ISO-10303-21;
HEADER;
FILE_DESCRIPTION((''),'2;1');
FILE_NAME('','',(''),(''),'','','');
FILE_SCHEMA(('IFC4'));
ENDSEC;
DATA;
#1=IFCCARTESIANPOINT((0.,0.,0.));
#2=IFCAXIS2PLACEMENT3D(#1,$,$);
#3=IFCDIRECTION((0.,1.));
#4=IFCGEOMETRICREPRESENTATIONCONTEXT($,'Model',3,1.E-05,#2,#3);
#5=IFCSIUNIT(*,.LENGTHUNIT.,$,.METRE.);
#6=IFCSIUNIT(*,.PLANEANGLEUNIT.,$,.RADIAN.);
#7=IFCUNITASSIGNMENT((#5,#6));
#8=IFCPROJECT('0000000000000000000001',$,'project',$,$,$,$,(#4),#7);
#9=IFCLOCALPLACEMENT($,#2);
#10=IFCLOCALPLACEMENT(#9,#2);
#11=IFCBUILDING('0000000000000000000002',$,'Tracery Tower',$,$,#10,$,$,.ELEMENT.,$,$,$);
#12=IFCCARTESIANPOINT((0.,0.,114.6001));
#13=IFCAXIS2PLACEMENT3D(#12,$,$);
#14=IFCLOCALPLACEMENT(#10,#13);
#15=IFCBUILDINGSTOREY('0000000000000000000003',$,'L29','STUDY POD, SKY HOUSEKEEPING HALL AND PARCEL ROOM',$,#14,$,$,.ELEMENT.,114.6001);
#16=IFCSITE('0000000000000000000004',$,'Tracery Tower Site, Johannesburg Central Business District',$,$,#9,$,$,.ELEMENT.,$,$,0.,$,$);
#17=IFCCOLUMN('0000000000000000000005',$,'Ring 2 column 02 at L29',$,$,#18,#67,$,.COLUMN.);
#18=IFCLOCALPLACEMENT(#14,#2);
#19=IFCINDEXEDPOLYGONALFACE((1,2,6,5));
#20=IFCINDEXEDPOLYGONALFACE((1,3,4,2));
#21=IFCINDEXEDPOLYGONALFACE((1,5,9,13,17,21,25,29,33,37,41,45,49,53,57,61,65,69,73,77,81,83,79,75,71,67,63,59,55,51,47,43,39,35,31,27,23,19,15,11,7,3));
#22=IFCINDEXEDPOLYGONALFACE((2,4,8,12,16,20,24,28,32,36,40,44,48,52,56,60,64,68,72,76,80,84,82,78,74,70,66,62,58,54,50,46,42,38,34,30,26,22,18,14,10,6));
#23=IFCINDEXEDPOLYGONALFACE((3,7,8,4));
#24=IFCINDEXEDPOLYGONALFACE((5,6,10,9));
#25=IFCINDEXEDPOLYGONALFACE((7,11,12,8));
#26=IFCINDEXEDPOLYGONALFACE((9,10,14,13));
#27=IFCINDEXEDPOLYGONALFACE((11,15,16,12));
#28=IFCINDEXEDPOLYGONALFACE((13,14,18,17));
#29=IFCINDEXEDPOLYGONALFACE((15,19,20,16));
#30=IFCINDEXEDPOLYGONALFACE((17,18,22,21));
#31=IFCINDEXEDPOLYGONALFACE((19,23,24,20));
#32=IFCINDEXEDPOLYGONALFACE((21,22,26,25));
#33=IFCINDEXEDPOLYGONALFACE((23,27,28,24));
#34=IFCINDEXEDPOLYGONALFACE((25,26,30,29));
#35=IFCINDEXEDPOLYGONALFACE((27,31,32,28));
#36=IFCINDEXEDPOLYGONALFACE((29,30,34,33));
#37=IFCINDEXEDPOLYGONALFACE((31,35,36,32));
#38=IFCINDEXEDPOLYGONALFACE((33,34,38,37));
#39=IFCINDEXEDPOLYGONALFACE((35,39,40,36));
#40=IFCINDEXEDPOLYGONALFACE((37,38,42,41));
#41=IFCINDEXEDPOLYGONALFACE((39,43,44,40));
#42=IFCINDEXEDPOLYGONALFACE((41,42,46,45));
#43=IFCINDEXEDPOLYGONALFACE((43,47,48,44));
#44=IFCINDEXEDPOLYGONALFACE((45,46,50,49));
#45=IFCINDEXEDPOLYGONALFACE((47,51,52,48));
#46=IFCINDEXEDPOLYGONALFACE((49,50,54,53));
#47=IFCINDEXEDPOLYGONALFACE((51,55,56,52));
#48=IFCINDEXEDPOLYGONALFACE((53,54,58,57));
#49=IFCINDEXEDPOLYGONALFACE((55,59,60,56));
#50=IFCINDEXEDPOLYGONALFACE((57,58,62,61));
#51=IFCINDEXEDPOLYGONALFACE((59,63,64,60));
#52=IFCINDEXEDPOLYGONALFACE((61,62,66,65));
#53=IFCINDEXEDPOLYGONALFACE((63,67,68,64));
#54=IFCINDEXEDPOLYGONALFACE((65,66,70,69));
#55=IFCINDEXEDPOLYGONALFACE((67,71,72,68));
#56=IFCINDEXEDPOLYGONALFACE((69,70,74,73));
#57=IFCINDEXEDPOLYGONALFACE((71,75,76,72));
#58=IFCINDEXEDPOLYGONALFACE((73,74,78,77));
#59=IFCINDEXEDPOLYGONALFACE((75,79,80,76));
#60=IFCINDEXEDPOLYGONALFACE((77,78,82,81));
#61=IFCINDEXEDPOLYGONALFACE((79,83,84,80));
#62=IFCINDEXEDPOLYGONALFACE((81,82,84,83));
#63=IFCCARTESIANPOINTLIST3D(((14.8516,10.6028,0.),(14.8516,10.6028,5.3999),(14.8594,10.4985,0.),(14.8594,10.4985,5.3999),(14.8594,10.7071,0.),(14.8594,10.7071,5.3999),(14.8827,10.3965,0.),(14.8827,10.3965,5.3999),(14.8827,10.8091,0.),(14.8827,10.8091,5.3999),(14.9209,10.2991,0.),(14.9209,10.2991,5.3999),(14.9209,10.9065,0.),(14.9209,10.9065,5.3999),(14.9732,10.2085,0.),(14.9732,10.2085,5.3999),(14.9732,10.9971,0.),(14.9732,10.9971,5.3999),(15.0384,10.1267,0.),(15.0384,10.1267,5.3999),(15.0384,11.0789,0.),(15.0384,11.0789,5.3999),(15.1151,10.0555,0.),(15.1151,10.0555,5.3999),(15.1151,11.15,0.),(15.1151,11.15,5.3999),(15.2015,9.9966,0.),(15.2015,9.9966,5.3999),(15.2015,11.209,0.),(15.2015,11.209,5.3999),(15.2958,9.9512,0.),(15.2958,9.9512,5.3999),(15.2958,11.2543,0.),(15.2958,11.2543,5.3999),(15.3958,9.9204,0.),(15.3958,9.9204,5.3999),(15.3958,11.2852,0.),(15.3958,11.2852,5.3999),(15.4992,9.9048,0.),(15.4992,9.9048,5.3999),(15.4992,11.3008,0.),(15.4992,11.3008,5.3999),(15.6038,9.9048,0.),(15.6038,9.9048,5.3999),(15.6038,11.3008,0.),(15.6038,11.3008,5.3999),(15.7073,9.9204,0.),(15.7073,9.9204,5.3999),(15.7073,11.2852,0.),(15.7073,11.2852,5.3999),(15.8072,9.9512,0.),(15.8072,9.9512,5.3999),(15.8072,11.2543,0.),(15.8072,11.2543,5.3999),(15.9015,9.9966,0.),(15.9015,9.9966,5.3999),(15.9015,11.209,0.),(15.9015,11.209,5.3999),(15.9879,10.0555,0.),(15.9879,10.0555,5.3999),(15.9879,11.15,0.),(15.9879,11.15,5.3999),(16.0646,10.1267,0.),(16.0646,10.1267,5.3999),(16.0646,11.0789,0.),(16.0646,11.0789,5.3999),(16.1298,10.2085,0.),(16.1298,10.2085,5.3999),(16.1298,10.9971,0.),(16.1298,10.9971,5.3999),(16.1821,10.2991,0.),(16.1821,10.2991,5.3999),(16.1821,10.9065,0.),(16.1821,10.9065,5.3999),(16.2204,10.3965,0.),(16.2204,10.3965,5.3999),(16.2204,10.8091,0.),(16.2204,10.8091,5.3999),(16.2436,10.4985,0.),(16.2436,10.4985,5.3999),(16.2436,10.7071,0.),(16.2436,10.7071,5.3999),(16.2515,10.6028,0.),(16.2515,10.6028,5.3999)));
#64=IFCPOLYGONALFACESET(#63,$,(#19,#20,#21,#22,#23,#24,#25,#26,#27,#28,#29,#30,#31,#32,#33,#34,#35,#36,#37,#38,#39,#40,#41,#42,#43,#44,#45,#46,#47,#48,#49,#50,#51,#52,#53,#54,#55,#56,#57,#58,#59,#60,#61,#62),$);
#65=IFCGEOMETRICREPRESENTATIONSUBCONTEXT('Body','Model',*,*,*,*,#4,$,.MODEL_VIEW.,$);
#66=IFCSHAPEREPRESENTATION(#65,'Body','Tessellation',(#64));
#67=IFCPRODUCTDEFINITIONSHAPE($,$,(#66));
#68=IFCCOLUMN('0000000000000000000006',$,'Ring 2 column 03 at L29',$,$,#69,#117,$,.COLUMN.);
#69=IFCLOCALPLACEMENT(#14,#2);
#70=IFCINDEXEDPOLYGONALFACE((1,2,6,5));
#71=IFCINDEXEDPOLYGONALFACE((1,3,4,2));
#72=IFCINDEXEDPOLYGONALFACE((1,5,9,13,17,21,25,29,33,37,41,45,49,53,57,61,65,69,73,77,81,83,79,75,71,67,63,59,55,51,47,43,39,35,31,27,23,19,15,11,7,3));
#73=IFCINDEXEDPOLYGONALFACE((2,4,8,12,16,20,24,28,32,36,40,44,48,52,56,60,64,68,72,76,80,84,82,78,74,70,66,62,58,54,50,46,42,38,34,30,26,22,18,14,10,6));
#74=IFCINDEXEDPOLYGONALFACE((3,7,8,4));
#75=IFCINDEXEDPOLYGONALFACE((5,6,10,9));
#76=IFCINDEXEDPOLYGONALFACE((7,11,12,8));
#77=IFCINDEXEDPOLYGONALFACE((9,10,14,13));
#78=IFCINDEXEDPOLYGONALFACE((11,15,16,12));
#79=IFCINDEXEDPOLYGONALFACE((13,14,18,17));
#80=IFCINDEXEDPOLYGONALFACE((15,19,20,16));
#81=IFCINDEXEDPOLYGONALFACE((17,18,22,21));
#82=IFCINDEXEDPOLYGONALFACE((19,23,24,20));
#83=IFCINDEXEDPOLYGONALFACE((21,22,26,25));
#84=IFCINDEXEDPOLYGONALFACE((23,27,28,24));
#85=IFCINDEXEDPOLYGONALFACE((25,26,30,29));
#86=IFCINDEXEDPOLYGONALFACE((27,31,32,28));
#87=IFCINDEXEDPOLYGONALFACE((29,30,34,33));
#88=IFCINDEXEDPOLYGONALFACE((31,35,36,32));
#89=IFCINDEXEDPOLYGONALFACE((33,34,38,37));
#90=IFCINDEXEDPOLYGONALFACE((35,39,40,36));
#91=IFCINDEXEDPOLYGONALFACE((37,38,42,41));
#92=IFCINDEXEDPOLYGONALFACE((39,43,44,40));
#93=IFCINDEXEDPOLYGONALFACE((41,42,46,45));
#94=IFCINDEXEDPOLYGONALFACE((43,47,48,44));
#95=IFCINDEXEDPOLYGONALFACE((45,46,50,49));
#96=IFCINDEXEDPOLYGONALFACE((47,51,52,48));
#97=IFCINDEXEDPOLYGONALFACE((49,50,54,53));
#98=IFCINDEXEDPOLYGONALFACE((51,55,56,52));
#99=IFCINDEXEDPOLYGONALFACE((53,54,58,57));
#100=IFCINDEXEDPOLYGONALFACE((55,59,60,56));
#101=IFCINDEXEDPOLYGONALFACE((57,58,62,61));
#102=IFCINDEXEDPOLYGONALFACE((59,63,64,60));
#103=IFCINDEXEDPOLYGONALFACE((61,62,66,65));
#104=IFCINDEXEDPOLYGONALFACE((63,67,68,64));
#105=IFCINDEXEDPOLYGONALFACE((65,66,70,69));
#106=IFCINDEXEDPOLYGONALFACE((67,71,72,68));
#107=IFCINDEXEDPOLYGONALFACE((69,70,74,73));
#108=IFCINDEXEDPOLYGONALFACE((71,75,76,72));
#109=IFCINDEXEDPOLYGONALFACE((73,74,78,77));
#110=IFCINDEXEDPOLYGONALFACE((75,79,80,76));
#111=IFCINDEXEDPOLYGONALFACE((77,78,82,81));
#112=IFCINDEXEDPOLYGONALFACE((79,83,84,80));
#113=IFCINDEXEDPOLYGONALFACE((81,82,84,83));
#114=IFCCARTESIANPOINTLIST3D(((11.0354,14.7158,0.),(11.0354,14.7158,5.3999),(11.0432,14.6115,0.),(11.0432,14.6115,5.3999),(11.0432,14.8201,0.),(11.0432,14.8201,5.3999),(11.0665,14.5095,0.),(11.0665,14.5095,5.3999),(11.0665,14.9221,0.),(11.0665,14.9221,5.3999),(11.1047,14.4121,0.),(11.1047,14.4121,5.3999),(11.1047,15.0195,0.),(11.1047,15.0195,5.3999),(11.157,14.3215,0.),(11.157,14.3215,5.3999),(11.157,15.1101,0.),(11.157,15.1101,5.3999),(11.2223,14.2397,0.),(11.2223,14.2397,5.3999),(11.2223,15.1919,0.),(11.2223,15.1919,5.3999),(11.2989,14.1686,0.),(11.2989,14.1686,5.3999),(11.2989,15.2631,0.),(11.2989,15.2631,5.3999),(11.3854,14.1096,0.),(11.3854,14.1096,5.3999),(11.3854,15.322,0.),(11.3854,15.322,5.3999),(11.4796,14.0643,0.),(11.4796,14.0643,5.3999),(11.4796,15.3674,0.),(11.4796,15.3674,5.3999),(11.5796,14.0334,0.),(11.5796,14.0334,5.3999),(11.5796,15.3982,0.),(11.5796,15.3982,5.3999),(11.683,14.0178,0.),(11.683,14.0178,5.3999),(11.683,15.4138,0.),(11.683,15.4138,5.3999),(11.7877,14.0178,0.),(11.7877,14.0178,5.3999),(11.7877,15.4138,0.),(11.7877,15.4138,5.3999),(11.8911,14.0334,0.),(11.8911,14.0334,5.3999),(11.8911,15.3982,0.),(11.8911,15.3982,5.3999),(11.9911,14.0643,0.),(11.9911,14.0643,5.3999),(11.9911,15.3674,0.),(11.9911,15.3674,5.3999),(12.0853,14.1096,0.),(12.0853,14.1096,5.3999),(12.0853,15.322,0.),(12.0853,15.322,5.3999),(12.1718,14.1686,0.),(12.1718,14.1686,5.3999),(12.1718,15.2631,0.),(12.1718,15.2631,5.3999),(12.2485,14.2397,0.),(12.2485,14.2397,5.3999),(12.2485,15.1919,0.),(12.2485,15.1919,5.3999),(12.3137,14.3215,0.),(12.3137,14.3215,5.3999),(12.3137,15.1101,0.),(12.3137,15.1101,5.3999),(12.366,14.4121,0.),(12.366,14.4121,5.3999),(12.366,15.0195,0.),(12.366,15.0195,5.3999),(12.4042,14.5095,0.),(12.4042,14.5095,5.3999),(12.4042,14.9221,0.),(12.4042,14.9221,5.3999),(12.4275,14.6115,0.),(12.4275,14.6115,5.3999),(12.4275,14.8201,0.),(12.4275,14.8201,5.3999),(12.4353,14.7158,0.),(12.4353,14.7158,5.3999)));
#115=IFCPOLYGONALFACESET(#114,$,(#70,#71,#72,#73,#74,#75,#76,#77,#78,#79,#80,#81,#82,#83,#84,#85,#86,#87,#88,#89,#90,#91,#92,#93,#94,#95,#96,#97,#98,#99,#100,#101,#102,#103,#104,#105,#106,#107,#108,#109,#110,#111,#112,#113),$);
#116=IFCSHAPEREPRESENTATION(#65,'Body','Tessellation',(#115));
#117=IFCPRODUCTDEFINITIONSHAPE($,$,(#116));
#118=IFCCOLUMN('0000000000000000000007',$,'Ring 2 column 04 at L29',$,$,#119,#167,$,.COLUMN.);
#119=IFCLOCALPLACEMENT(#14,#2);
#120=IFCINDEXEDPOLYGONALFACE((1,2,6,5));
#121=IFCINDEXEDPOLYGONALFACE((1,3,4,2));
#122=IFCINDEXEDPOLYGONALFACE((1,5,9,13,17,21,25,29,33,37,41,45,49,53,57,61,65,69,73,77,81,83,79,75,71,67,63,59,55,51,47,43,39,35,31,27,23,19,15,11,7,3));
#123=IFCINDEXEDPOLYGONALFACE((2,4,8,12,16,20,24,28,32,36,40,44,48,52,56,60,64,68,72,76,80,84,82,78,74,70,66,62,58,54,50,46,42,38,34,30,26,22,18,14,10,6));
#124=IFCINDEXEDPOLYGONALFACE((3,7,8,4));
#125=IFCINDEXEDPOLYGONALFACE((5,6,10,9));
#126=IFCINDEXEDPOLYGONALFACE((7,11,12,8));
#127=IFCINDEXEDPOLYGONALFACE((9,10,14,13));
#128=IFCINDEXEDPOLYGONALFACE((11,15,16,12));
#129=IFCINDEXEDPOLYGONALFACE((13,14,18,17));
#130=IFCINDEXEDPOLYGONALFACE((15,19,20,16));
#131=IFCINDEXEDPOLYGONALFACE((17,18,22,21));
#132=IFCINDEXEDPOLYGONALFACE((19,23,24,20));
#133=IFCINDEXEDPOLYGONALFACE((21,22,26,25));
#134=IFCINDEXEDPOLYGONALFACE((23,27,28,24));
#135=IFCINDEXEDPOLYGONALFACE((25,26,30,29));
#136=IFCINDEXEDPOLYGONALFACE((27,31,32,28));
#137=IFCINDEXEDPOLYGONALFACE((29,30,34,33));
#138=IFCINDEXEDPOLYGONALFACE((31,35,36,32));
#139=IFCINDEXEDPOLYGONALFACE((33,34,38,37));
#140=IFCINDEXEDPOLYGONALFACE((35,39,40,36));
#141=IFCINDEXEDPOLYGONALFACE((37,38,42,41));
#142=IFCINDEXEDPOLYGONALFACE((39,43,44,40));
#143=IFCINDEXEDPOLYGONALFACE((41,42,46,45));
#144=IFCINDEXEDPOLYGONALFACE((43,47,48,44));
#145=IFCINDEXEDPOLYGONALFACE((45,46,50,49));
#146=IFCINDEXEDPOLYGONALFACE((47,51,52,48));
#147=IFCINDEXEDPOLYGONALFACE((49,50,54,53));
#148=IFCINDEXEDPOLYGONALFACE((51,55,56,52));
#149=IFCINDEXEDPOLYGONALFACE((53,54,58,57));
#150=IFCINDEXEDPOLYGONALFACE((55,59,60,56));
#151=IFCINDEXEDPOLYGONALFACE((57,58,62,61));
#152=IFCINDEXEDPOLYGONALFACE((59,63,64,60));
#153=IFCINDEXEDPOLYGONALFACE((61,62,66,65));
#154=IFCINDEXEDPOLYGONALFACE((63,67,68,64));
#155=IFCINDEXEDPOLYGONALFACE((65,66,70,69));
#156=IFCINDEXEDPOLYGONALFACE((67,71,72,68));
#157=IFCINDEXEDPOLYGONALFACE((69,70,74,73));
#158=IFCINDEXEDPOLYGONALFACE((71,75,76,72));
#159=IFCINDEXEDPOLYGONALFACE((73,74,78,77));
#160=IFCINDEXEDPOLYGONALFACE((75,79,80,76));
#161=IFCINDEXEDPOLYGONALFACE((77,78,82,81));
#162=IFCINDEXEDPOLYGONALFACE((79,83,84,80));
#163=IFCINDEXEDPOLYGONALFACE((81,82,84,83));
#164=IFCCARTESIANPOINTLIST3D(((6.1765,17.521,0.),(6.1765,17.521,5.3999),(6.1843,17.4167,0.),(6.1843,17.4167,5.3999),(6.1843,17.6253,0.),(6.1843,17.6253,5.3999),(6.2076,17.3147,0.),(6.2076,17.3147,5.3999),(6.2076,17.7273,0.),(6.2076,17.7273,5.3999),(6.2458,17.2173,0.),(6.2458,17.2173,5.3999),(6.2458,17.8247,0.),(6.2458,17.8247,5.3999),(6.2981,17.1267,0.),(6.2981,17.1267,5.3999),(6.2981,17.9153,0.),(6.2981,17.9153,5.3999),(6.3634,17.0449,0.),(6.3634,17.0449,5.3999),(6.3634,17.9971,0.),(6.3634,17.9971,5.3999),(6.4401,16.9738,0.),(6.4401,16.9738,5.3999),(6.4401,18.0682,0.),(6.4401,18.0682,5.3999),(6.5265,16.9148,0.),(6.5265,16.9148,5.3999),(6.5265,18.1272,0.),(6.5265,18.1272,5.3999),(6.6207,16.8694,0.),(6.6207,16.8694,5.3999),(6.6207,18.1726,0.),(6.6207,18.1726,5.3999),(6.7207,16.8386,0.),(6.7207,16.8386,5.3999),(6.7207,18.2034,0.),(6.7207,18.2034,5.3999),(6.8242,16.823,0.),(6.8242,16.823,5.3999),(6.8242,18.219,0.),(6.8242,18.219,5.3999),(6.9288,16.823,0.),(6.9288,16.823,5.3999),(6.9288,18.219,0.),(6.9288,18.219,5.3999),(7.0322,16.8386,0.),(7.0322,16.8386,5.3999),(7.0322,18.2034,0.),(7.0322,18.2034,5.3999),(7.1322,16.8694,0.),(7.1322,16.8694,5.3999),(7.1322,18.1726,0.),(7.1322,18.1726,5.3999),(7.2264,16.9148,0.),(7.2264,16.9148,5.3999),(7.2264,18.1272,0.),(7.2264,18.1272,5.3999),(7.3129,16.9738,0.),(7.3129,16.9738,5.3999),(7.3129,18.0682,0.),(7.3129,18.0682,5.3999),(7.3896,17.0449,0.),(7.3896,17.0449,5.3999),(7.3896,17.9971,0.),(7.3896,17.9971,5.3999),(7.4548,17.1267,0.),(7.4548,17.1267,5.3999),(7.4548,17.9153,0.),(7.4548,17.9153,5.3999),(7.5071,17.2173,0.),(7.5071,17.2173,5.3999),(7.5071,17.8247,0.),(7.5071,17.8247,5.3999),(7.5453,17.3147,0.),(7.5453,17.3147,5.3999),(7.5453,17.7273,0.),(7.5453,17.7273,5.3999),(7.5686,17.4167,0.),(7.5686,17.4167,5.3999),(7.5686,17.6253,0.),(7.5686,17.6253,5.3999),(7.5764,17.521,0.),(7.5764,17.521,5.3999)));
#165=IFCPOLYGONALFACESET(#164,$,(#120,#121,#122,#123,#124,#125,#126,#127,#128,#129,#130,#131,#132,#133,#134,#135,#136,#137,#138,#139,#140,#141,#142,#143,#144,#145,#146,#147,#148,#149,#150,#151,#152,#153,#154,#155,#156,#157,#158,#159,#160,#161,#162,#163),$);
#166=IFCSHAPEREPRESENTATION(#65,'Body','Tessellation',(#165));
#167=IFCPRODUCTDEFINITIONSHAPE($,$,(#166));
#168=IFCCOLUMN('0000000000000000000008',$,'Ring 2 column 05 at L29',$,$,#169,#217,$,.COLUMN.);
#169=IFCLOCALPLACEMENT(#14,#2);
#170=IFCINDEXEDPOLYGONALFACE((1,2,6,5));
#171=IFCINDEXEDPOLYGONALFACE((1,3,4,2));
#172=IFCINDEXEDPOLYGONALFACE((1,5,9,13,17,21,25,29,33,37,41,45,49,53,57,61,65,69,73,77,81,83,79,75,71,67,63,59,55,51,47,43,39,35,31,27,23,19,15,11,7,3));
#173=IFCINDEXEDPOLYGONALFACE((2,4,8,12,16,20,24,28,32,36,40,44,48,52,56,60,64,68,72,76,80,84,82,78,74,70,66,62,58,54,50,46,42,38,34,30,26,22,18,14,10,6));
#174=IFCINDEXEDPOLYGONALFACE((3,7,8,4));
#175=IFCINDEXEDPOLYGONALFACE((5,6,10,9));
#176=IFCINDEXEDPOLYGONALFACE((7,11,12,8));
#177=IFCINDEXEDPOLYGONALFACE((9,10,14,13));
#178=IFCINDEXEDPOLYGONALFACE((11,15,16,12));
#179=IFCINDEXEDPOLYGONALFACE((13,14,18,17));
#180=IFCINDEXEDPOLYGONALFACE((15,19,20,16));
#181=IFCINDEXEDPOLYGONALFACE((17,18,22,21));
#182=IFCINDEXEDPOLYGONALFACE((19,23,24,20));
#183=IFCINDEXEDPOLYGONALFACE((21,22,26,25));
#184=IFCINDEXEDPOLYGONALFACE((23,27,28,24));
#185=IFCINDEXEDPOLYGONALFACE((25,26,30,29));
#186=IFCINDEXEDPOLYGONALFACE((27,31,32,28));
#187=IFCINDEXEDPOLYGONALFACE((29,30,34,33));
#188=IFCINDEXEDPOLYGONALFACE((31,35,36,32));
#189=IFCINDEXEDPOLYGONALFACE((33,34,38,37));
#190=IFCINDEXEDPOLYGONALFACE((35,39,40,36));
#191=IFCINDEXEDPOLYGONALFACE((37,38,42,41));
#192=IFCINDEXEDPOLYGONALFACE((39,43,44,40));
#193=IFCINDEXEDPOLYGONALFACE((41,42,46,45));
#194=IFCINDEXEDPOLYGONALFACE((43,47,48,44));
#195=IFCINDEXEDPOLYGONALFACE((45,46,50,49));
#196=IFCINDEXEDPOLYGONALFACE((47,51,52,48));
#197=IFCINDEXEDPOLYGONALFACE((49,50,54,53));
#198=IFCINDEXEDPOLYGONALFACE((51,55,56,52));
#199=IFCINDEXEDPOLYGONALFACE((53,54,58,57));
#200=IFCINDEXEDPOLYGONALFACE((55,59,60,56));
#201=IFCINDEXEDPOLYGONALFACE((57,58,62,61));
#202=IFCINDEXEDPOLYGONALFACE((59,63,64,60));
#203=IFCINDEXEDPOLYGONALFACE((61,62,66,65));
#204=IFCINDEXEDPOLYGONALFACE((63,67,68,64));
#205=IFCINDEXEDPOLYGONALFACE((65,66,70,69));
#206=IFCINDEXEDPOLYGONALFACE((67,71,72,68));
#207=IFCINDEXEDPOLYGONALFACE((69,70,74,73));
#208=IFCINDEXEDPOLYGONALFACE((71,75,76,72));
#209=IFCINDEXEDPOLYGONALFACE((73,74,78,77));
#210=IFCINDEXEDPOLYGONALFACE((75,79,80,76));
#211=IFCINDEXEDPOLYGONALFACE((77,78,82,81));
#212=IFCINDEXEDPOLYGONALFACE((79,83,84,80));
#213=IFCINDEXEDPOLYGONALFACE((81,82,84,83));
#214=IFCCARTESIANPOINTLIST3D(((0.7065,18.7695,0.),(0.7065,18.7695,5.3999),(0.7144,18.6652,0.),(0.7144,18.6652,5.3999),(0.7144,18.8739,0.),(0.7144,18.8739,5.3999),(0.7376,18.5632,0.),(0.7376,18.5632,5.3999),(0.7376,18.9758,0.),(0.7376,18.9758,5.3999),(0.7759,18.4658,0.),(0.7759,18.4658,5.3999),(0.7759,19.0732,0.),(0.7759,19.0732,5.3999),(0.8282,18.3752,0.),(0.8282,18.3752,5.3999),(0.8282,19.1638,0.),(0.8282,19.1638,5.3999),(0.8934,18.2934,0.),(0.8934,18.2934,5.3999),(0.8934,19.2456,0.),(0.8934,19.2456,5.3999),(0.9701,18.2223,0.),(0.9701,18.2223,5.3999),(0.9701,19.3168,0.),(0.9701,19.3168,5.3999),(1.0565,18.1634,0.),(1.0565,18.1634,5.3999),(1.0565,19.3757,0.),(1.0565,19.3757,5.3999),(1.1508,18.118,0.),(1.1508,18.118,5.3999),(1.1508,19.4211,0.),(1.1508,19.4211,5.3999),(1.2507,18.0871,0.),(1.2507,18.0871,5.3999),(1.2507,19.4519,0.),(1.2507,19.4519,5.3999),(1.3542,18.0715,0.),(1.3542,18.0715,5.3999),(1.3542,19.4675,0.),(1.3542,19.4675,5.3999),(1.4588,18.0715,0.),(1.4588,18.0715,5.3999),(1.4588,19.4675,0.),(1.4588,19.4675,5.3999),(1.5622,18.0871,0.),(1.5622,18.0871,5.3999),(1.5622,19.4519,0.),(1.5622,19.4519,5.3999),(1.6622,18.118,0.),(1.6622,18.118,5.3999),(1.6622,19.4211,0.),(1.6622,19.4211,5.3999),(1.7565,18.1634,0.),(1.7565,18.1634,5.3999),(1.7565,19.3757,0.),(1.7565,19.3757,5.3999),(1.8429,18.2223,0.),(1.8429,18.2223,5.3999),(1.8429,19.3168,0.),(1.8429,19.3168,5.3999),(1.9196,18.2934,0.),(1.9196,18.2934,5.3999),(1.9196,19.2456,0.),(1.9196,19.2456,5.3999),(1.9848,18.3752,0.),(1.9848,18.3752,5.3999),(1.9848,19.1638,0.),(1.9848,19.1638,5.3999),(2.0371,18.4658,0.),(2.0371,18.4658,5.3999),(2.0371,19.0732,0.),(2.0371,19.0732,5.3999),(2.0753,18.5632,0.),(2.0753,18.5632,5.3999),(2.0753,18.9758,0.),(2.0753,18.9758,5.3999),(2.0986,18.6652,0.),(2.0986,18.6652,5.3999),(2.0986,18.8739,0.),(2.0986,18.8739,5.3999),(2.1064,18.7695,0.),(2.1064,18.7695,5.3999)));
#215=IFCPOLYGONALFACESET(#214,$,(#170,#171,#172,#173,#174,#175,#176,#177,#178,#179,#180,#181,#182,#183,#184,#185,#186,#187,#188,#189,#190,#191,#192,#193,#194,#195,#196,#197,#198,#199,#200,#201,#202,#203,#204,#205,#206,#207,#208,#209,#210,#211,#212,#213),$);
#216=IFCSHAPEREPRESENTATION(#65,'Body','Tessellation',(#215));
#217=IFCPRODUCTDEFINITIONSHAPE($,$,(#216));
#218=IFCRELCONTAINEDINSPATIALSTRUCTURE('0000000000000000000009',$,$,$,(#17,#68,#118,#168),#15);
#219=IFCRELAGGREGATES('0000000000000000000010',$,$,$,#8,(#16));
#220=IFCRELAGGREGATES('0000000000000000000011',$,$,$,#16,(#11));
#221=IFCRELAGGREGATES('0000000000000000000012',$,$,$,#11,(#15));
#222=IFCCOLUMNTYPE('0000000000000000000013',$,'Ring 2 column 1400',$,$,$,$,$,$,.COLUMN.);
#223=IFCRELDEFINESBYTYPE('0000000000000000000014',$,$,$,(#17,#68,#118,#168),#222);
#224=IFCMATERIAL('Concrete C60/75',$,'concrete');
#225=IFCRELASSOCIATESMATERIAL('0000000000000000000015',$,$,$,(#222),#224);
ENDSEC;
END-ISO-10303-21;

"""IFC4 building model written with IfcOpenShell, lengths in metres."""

from ifc_helpers import new_model, si_unit, direction, frame, origin, origin_2d, place, context, subcontext, project, spatial, circle, extrude, material, material_profile, profile_set, type_object, element, save


model = new_model("IFC4")

# Units and contexts
model_context = context("Model", 3, precision=1e-05, world=origin(), true_north=direction((0.0, 1.0)))
body_context = subcontext(model_context, "Body", "Model", "MODEL_VIEW")
ifc_project = project(units=[si_unit("LENGTHUNIT", "METRE"), si_unit("PLANEANGLEUNIT", "RADIAN")], contexts=[model_context])

# Site, building, storey
site_placement = place(None, origin())
site = spatial("IfcSite", under=ifc_project, at=site_placement, Name="Tracery Tower Site, Johannesburg Central Business District", CompositionType="ELEMENT", RefElevation=0.0)
building_placement = place(site_placement, origin())
building = spatial("IfcBuilding", under=site, at=building_placement, Name="Tracery Tower", CompositionType="ELEMENT")
storey_placement = place(building_placement, frame((0.0, 0.0, 114.6001)))
storey = spatial("IfcBuildingStorey", under=building, at=storey_placement, Name="L29", Description="STUDY POD, SKY HOUSEKEEPING HALL AND PARCEL ROOM", CompositionType="ELEMENT", Elevation=114.6001)

# Columns
ifc_material_1 = material(Name="Concrete C60/75", Category="concrete")
ifc_material_profile_1 = material_profile(ifc_material_1, circle(Radius=0.7, at=origin_2d()), Name="RC D1400")
ifc_profile_set_1 = profile_set([ifc_material_profile_1], Name="Concrete C60/75")
column_type_1 = type_object("IfcColumnType", Name="Ring 2 column 1400", PredefinedType="COLUMN", material=ifc_profile_set_1)
for number, where, z_axis, x_axis, name in (
    (1, (15.5515, 10.6028, 0.0), (0.0, 0.0, 1.0), (1.0, 0.0, 0.0), "Ring 2 column 02 at L29"),
    (2, (11.7354, 14.7158, 0.0), (0.0, 0.0, 1.0), (1.0, 0.0, 0.0), "Ring 2 column 03 at L29"),
    (3, (6.8765, 17.521, 0.0), (0.0, 0.0, 1.0), (1.0, 0.0, 0.0), "Ring 2 column 04 at L29"),
    (4, (1.4065, 18.7695, 0.0), (0.0, 0.0, 1.0), (1.0, 0.0, 0.0), "Ring 2 column 05 at L29"),
):
    element("IfcColumn", number, at=place(storey_placement, frame(where, z_axis=z_axis, x_axis=x_axis)), inside=storey, type_object=column_type_1, Name=name, PredefinedType="COLUMN", context=body_context, shape_type="SweptSolid", body=[
        extrude(circle(Radius=0.7, at=origin_2d()), origin(), (0.0, 0.0, 1.0), 5.3999),
    ])

save(model, "model.ifc")
